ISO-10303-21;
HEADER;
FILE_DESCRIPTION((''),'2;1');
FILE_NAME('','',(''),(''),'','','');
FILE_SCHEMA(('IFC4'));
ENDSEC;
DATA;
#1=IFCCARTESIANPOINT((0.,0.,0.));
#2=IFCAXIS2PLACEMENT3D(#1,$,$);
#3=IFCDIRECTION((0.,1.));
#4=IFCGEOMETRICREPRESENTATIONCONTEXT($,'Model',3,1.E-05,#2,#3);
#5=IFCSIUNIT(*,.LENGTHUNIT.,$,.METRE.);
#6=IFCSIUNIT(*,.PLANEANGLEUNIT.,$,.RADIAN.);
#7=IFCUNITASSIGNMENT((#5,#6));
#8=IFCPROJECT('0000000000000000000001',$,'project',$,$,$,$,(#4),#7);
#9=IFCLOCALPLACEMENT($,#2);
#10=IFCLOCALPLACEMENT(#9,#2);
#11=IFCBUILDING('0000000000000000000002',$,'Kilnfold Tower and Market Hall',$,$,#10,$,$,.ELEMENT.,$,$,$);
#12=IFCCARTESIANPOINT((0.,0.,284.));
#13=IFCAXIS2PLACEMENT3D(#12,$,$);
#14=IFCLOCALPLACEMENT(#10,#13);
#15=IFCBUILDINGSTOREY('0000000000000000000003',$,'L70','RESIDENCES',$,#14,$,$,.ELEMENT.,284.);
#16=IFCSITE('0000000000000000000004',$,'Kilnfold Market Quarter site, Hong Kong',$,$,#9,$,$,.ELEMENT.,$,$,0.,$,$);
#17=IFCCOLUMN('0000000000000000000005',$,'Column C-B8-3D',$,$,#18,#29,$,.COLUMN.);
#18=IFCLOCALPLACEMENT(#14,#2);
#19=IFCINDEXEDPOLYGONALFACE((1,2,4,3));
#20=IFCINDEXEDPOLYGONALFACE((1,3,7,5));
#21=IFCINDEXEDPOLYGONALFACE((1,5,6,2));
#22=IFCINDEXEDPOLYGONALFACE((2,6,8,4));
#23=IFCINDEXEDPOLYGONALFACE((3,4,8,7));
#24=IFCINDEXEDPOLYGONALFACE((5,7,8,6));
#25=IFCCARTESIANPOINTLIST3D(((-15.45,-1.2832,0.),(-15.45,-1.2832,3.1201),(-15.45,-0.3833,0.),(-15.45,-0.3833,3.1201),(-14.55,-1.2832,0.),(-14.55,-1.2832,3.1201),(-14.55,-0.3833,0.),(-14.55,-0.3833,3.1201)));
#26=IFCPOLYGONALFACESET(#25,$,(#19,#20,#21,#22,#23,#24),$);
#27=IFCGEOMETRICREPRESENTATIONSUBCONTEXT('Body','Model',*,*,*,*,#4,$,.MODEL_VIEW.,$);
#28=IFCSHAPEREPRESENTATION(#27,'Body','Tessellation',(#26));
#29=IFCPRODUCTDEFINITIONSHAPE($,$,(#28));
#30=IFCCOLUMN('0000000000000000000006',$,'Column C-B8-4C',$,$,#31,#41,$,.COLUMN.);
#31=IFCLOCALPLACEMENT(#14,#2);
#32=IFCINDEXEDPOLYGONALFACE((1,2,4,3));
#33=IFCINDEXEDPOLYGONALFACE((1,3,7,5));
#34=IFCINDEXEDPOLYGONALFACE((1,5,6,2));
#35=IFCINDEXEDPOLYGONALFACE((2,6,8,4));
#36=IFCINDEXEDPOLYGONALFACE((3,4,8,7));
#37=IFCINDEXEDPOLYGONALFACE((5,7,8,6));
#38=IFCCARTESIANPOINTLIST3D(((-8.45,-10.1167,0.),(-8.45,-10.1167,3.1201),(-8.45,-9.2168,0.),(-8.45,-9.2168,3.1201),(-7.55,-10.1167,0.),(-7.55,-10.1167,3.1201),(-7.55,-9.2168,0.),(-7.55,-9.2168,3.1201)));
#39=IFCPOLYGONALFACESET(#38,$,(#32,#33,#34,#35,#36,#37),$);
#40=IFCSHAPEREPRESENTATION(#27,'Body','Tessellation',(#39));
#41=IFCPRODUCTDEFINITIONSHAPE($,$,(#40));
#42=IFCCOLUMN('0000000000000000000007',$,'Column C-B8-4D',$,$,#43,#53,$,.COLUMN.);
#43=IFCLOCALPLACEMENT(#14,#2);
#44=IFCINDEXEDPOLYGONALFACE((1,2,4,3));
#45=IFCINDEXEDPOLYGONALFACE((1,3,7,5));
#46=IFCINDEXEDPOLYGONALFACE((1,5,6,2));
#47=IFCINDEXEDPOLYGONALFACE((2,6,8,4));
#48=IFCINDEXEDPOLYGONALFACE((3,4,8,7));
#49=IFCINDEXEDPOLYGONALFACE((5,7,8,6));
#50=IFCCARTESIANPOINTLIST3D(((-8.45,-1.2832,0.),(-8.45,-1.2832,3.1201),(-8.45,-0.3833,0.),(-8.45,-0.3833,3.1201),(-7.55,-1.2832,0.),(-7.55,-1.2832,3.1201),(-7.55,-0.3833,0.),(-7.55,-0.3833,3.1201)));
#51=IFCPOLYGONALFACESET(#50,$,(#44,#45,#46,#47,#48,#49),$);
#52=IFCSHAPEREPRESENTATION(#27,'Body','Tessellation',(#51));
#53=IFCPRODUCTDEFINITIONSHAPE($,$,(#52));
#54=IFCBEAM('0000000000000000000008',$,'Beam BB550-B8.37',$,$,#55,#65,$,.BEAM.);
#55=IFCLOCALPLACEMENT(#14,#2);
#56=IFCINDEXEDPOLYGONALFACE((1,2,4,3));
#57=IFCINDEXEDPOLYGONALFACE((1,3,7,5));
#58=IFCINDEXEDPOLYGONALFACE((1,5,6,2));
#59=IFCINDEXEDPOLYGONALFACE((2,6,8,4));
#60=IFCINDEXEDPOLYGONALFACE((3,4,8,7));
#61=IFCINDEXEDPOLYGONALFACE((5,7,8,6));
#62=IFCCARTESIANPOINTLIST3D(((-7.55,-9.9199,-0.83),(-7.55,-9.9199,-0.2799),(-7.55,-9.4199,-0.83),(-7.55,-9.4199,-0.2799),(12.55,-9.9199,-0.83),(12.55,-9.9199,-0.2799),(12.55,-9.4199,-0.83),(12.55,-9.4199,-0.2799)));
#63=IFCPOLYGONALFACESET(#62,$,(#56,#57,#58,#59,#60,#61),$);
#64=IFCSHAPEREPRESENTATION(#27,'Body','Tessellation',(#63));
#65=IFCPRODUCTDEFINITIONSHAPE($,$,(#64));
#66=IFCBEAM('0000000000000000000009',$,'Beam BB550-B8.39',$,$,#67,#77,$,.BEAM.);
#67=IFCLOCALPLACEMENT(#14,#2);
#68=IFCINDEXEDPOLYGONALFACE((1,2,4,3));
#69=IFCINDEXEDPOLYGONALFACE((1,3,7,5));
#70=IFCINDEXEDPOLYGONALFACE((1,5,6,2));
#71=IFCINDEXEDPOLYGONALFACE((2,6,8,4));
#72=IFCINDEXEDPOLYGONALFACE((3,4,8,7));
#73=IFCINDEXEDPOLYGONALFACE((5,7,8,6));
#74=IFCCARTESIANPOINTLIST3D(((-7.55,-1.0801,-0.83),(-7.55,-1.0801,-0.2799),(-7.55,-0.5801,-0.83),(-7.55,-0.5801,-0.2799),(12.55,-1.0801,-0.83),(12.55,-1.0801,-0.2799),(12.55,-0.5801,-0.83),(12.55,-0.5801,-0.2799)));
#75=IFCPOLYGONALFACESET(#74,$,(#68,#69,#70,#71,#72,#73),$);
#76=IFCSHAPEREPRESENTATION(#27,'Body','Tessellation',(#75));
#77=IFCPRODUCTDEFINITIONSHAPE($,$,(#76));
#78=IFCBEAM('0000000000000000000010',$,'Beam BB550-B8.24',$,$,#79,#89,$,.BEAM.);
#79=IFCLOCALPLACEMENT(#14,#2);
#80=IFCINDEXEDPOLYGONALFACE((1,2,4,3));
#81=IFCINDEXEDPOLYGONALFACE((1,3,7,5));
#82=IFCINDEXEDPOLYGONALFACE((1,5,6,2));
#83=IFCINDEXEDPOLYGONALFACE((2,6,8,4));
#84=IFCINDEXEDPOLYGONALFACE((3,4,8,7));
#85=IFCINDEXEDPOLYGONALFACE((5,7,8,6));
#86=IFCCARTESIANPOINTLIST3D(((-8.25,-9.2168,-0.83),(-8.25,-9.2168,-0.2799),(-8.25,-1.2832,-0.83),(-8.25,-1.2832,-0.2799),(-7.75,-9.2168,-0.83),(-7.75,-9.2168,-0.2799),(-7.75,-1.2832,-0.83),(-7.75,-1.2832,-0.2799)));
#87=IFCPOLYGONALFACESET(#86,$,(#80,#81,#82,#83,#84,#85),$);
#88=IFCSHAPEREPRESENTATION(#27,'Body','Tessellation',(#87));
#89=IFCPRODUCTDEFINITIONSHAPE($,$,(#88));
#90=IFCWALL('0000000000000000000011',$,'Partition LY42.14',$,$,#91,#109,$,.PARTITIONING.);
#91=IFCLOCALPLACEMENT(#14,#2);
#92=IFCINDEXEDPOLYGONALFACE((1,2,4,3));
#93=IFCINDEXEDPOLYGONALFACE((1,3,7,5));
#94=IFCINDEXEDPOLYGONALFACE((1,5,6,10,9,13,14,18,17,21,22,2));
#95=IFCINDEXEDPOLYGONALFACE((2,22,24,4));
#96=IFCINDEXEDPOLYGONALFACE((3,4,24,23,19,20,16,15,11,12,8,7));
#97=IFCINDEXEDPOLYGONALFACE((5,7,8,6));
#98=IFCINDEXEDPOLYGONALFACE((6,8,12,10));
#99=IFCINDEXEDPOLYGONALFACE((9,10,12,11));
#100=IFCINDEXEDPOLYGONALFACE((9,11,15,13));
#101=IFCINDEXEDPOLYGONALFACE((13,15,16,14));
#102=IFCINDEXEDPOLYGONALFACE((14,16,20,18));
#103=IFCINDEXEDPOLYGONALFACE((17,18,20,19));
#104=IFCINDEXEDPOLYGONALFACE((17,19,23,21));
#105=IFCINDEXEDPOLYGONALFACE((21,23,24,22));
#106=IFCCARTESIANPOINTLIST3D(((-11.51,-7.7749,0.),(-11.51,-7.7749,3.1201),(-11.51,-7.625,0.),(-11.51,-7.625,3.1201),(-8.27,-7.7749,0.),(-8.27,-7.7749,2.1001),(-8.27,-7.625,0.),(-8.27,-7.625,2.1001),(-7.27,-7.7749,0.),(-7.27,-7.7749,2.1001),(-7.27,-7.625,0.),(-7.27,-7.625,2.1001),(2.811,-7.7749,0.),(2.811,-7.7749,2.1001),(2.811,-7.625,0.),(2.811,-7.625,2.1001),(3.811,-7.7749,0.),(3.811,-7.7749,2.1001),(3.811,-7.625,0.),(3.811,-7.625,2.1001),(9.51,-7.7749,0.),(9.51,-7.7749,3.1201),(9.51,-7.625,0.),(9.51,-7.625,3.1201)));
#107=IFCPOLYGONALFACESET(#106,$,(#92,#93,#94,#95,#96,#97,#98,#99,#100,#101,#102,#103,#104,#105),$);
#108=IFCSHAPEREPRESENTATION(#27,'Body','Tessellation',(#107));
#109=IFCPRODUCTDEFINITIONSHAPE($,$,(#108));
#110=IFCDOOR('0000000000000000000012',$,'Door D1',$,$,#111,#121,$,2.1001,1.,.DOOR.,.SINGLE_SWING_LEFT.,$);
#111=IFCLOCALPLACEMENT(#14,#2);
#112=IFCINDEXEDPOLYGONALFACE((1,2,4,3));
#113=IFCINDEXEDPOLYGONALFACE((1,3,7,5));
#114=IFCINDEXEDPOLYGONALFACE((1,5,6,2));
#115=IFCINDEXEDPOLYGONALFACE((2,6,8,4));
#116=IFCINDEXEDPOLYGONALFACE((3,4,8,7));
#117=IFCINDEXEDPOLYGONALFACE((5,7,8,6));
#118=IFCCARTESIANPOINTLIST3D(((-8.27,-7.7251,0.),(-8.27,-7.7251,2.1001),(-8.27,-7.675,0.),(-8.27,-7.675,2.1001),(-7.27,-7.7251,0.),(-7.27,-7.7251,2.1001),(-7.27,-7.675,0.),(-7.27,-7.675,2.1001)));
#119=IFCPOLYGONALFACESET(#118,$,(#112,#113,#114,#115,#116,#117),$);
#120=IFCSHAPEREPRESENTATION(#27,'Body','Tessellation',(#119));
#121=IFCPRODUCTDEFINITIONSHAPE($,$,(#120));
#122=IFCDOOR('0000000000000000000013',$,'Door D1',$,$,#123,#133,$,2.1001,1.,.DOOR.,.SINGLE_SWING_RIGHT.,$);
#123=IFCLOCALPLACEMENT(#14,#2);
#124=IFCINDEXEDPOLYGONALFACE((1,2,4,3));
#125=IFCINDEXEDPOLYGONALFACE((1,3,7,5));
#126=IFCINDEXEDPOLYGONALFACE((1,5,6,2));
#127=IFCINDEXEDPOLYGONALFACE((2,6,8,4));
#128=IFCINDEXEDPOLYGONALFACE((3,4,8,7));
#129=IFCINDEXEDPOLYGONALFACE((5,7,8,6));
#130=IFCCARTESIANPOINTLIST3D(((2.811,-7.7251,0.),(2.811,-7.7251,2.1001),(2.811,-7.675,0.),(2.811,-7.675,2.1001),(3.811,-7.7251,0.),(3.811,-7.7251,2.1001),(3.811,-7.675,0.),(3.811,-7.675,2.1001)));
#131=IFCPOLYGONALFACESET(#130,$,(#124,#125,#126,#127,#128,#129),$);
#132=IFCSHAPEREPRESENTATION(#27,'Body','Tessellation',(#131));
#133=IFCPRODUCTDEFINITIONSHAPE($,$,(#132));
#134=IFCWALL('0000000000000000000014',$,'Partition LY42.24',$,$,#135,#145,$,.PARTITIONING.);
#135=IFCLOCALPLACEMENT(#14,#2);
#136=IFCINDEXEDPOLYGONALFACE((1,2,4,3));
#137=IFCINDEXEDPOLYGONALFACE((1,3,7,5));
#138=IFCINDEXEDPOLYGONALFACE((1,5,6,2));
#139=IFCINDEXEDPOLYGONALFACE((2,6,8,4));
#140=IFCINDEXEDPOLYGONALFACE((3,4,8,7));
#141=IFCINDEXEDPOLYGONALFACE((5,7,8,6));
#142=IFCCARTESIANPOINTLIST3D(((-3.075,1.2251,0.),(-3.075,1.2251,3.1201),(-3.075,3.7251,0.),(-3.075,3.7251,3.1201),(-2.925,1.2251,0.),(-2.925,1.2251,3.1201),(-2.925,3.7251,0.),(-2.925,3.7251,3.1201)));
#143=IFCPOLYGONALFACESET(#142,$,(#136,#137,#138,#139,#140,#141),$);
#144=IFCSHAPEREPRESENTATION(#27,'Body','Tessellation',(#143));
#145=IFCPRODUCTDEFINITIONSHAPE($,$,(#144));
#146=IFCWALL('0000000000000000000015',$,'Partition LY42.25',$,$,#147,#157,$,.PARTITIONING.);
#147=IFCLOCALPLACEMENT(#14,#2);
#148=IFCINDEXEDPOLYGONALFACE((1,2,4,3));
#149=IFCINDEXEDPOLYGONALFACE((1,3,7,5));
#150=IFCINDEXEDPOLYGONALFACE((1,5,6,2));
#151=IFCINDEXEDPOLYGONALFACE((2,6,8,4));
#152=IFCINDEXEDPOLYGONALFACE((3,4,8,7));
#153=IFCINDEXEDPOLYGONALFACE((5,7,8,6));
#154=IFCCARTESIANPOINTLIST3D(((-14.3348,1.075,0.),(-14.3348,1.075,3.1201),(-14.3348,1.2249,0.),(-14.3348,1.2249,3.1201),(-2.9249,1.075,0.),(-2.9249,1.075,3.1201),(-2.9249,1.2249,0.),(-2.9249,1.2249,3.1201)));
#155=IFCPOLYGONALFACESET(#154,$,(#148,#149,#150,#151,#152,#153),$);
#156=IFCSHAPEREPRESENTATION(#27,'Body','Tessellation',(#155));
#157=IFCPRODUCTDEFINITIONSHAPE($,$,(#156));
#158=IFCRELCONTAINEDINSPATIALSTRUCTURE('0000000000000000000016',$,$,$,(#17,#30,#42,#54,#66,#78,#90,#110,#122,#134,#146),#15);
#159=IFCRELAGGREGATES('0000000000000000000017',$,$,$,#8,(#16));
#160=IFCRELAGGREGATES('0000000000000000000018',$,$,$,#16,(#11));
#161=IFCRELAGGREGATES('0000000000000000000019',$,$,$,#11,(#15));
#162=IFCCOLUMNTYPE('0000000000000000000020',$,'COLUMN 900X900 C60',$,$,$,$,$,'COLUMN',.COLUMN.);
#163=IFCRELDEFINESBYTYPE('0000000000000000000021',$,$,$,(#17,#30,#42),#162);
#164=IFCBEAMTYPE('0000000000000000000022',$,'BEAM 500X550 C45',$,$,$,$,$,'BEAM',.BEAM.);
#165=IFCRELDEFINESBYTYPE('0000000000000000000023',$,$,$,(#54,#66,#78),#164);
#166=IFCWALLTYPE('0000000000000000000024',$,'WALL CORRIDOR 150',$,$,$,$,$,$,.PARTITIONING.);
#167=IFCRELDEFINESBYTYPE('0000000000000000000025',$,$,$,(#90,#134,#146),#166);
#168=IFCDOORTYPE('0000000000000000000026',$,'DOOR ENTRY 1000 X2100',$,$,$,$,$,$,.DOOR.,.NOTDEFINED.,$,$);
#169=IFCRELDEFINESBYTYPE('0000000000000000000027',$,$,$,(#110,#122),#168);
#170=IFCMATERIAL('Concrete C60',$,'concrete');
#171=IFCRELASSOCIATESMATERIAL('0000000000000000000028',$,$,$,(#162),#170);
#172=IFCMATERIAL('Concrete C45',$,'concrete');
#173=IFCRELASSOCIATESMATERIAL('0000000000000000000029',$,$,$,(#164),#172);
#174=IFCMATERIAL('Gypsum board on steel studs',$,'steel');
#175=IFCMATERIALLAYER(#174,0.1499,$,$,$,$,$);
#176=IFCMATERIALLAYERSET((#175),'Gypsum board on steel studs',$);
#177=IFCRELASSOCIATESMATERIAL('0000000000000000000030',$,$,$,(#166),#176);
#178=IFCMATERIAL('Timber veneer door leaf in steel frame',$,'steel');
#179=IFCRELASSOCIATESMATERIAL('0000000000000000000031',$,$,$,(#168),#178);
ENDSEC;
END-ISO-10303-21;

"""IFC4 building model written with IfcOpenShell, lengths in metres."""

from ifc_helpers import new_model, si_unit, direction, frame, frame_2d, origin, origin_2d, place, context, subcontext, project, spatial, rectangle, extrude, source, transform, mapped, material, layer, layer_set, material_profile, profile_set, type_object, element, fill, save


model = new_model("IFC4")

# Units and contexts
model_context = context("Model", 3, precision=1e-05, world=origin(), true_north=direction((0.0, 1.0)))
body_context = subcontext(model_context, "Body", "Model", "MODEL_VIEW")
ifc_project = project(units=[si_unit("LENGTHUNIT", "METRE"), si_unit("PLANEANGLEUNIT", "RADIAN")], contexts=[model_context])

# Site, building, storey
site_placement = place(None, origin())
site = spatial("IfcSite", under=ifc_project, at=site_placement, Name="Kilnfold Market Quarter site, Hong Kong", CompositionType="ELEMENT", RefElevation=0.0)
building_placement = place(site_placement, origin())
building = spatial("IfcBuilding", under=site, at=building_placement, Name="Kilnfold Tower and Market Hall", CompositionType="ELEMENT")
storey_placement = place(building_placement, frame((0.0, 0.0, 284.0)))
storey = spatial("IfcBuildingStorey", under=building, at=storey_placement, Name="L70", Description="RESIDENCES", CompositionType="ELEMENT", Elevation=284.0)

# Columns
ifc_material_1 = material(Name="Concrete C60", Category="concrete")
ifc_material_profile_1 = material_profile(ifc_material_1, rectangle(XDim=0.8999, YDim=0.8999, at=origin_2d()), Name="RC 900x900")
ifc_profile_set_1 = profile_set([ifc_material_profile_1], Name="Concrete C60")
column_type = type_object("IfcColumnType", Name="COLUMN 900X900 C60", ElementType="COLUMN", PredefinedType="COLUMN", material=ifc_profile_set_1)
shared_shape_1 = source(origin(), body_context, "Body", "SweptSolid", [
    extrude(rectangle(XDim=0.8999, YDim=0.8999, at=origin_2d()), origin(), (0.0, 0.0, 1.0), 3.1201),
])
for number, where, z_axis, x_axis, name in (
    (1, (-15.0, -0.8333, 0.0), (0.0, 0.0, 1.0), (1.0, 0.0, 0.0), "Column C-B8-3D"),
    (2, (-8.0, -9.6667, 0.0), (0.0, 0.0, 1.0), (1.0, 0.0, 0.0), "Column C-B8-4C"),
    (3, (-8.0, -0.8333, 0.0), (0.0, 0.0, 1.0), (1.0, 0.0, 0.0), "Column C-B8-4D"),
):
    element("IfcColumn", number, at=place(storey_placement, frame(where, z_axis=z_axis, x_axis=x_axis)), inside=storey, type_object=column_type, Name=name, PredefinedType="COLUMN", context=body_context, shape_type="MappedRepresentation", body=[
        mapped(shared_shape_1, transform((0.0, 0.0, 0.0))),
    ])

# Beams
ifc_material_2 = material(Name="Concrete C45", Category="concrete")
ifc_material_profile_2 = material_profile(ifc_material_2, rectangle(XDim=0.5, YDim=0.55, at=origin_2d()), Name="RC 500x550")
ifc_profile_set_2 = profile_set([ifc_material_profile_2], Name="Concrete C45")
beam_type = type_object("IfcBeamType", Name="BEAM 500X550 C45", ElementType="BEAM", PredefinedType="BEAM", material=ifc_profile_set_2)
shared_shape_2 = source(origin(), body_context, "Body", "SweptSolid", [
    extrude(rectangle(XDim=0.5, YDim=0.55, at=origin_2d()), origin(), (0.0, 0.0, 1.0), 20.1001),
])
for number, where, z_axis, x_axis, name in (
    (4, (-7.55, -9.6699, -0.5549), (1.0, 0.0, 0.0), (0.0, 1.0, 0.0), "Beam BB550-B8.37"),
    (5, (-7.55, -0.8301, -0.5549), (1.0, 0.0, 0.0), (0.0, 1.0, 0.0), "Beam BB550-B8.39"),
):
    element("IfcBeam", number, at=place(storey_placement, frame(where, z_axis=z_axis, x_axis=x_axis)), inside=storey, type_object=beam_type, Name=name, PredefinedType="BEAM", context=body_context, shape_type="MappedRepresentation", body=[
        mapped(shared_shape_2, transform((0.0, 0.0, 0.0))),
    ])
shared_shape_3 = source(origin(), body_context, "Body", "SweptSolid", [
    extrude(rectangle(XDim=0.5, YDim=0.55, at=origin_2d()), origin(), (0.0, 0.0, 1.0), 7.9336),
])
beam_placement = place(storey_placement, frame((-8.0, -9.2168, -0.5549), z_axis=(0.0, 1.0, 0.0), x_axis=(-1.0, 0.0, 0.0)))
element("IfcBeam", 6, at=beam_placement, inside=storey, type_object=beam_type, Name="Beam BB550-B8.24", PredefinedType="BEAM", context=body_context, shape_type="MappedRepresentation", body=[
    mapped(shared_shape_3, transform((0.0, 0.0, 0.0))),
])

# Wall, openings, doors
ifc_material_3 = material(Name="Gypsum board on steel studs", Category="steel")
ifc_layer_1 = layer(ifc_material_3, 0.1499)
ifc_layer_set_1 = layer_set([ifc_layer_1], Name="Gypsum board on steel studs")
wall_type_1 = type_object("IfcWallType", Name="WALL CORRIDOR 150", PredefinedType="PARTITIONING", material=ifc_layer_set_1)
wall_1_placement = place(storey_placement, frame((-11.51, -7.7, 0.0), z_axis=(0.0, 0.0, 1.0), x_axis=(1.0, 0.0, 0.0)))
wall_1 = element("IfcWall", 7, at=wall_1_placement, inside=storey, type_object=wall_type_1, Name="Partition LY42.14", PredefinedType="PARTITIONING", context=body_context, shape_type="SweptSolid", body=[
    extrude(rectangle(XDim=21.02, YDim=0.1499, at=frame_2d((10.51, 0.0))), origin(), (0.0, 0.0, 1.0), 3.1201),
])
opening_1_placement = place(wall_1_placement, frame((3.24, 0.0, 0.0)))
opening_1 = element("IfcOpeningElement", 8, at=opening_1_placement, cuts=wall_1, PredefinedType="OPENING", context=body_context, shape_type="SweptSolid", body=[
    extrude(rectangle(XDim=1.0, YDim=2.1001, at=frame_2d((0.5, 1.05))), frame((0.0, 0.085, 0.0), z_axis=(0.0, -1.0, 0.0), x_axis=(1.0, 0.0, 0.0)), (0.0, 0.0, 1.0), 0.1699),
])
opening_2_placement = place(wall_1_placement, frame((14.321, 0.0, 0.0)))
opening_2 = element("IfcOpeningElement", 9, at=opening_2_placement, cuts=wall_1, PredefinedType="OPENING", context=body_context, shape_type="SweptSolid", body=[
    extrude(rectangle(XDim=1.0, YDim=2.1001, at=frame_2d((0.5, 1.05))), frame((0.0, 0.085, 0.0), z_axis=(0.0, -1.0, 0.0), x_axis=(1.0, 0.0, 0.0)), (0.0, 0.0, 1.0), 0.1699),
])
ifc_material_4 = material(Name="Timber veneer door leaf in steel frame", Category="steel")
door_type_1 = type_object("IfcDoorType", Name="DOOR ENTRY 1000 X2100", OperationType="NOTDEFINED", PredefinedType="DOOR", material=ifc_material_4)
door_1_placement = place(opening_1_placement, origin())
door_1 = element("IfcDoor", 10, at=door_1_placement, inside=storey, type_object=door_type_1, Name="Door D1", OperationType="SINGLE_SWING_LEFT", OverallHeight=2.1001, OverallWidth=1.0, PredefinedType="DOOR", context=body_context, shape_type="SweptSolid", body=[
    extrude(rectangle(XDim=1.0, YDim=2.1001, at=frame_2d((0.5, 1.05))), frame((0.0, 0.0249, 0.0), z_axis=(0.0, -1.0, 0.0), x_axis=(1.0, 0.0, 0.0)), (0.0, 0.0, 1.0), 0.05),
])
fill(opening_1, door_1)
door_2_placement = place(opening_2_placement, origin())
door_2 = element("IfcDoor", 11, at=door_2_placement, inside=storey, type_object=door_type_1, Name="Door D1", OperationType="SINGLE_SWING_RIGHT", OverallHeight=2.1001, OverallWidth=1.0, PredefinedType="DOOR", context=body_context, shape_type="SweptSolid", body=[
    extrude(rectangle(XDim=1.0, YDim=2.1001, at=frame_2d((0.5, 1.05))), frame((0.0, 0.0249, 0.0), z_axis=(0.0, -1.0, 0.0), x_axis=(1.0, 0.0, 0.0)), (0.0, 0.0, 1.0), 0.05),
])
fill(opening_2, door_2)

# Walls
wall_2_placement = place(storey_placement, frame((-3.0, 1.2251, 0.0), z_axis=(0.0, 0.0, 1.0), x_axis=(0.0, 1.0, 0.0)))
element("IfcWall", 12, at=wall_2_placement, inside=storey, type_object=wall_type_1, Name="Partition LY42.24", PredefinedType="PARTITIONING", context=body_context, shape_type="SweptSolid", body=[
    extrude(rectangle(XDim=2.5, YDim=0.1499, at=frame_2d((1.25, 0.0))), origin(), (0.0, 0.0, 1.0), 3.1201),
])
wall_3_placement = place(storey_placement, frame((-14.335, 1.1499, 0.0), z_axis=(0.0, 0.0, 1.0), x_axis=(1.0, 0.0, 0.0)))
element("IfcWall", 13, at=wall_3_placement, inside=storey, type_object=wall_type_1, Name="Partition LY42.25", PredefinedType="PARTITIONING", context=body_context, shape_type="SweptSolid", body=[
    extrude(rectangle(XDim=11.4099, YDim=0.1499, at=frame_2d((5.7051, 0.0))), origin(), (0.0, 0.0, 1.0), 3.1201),
])

save(model, "model.ifc")
